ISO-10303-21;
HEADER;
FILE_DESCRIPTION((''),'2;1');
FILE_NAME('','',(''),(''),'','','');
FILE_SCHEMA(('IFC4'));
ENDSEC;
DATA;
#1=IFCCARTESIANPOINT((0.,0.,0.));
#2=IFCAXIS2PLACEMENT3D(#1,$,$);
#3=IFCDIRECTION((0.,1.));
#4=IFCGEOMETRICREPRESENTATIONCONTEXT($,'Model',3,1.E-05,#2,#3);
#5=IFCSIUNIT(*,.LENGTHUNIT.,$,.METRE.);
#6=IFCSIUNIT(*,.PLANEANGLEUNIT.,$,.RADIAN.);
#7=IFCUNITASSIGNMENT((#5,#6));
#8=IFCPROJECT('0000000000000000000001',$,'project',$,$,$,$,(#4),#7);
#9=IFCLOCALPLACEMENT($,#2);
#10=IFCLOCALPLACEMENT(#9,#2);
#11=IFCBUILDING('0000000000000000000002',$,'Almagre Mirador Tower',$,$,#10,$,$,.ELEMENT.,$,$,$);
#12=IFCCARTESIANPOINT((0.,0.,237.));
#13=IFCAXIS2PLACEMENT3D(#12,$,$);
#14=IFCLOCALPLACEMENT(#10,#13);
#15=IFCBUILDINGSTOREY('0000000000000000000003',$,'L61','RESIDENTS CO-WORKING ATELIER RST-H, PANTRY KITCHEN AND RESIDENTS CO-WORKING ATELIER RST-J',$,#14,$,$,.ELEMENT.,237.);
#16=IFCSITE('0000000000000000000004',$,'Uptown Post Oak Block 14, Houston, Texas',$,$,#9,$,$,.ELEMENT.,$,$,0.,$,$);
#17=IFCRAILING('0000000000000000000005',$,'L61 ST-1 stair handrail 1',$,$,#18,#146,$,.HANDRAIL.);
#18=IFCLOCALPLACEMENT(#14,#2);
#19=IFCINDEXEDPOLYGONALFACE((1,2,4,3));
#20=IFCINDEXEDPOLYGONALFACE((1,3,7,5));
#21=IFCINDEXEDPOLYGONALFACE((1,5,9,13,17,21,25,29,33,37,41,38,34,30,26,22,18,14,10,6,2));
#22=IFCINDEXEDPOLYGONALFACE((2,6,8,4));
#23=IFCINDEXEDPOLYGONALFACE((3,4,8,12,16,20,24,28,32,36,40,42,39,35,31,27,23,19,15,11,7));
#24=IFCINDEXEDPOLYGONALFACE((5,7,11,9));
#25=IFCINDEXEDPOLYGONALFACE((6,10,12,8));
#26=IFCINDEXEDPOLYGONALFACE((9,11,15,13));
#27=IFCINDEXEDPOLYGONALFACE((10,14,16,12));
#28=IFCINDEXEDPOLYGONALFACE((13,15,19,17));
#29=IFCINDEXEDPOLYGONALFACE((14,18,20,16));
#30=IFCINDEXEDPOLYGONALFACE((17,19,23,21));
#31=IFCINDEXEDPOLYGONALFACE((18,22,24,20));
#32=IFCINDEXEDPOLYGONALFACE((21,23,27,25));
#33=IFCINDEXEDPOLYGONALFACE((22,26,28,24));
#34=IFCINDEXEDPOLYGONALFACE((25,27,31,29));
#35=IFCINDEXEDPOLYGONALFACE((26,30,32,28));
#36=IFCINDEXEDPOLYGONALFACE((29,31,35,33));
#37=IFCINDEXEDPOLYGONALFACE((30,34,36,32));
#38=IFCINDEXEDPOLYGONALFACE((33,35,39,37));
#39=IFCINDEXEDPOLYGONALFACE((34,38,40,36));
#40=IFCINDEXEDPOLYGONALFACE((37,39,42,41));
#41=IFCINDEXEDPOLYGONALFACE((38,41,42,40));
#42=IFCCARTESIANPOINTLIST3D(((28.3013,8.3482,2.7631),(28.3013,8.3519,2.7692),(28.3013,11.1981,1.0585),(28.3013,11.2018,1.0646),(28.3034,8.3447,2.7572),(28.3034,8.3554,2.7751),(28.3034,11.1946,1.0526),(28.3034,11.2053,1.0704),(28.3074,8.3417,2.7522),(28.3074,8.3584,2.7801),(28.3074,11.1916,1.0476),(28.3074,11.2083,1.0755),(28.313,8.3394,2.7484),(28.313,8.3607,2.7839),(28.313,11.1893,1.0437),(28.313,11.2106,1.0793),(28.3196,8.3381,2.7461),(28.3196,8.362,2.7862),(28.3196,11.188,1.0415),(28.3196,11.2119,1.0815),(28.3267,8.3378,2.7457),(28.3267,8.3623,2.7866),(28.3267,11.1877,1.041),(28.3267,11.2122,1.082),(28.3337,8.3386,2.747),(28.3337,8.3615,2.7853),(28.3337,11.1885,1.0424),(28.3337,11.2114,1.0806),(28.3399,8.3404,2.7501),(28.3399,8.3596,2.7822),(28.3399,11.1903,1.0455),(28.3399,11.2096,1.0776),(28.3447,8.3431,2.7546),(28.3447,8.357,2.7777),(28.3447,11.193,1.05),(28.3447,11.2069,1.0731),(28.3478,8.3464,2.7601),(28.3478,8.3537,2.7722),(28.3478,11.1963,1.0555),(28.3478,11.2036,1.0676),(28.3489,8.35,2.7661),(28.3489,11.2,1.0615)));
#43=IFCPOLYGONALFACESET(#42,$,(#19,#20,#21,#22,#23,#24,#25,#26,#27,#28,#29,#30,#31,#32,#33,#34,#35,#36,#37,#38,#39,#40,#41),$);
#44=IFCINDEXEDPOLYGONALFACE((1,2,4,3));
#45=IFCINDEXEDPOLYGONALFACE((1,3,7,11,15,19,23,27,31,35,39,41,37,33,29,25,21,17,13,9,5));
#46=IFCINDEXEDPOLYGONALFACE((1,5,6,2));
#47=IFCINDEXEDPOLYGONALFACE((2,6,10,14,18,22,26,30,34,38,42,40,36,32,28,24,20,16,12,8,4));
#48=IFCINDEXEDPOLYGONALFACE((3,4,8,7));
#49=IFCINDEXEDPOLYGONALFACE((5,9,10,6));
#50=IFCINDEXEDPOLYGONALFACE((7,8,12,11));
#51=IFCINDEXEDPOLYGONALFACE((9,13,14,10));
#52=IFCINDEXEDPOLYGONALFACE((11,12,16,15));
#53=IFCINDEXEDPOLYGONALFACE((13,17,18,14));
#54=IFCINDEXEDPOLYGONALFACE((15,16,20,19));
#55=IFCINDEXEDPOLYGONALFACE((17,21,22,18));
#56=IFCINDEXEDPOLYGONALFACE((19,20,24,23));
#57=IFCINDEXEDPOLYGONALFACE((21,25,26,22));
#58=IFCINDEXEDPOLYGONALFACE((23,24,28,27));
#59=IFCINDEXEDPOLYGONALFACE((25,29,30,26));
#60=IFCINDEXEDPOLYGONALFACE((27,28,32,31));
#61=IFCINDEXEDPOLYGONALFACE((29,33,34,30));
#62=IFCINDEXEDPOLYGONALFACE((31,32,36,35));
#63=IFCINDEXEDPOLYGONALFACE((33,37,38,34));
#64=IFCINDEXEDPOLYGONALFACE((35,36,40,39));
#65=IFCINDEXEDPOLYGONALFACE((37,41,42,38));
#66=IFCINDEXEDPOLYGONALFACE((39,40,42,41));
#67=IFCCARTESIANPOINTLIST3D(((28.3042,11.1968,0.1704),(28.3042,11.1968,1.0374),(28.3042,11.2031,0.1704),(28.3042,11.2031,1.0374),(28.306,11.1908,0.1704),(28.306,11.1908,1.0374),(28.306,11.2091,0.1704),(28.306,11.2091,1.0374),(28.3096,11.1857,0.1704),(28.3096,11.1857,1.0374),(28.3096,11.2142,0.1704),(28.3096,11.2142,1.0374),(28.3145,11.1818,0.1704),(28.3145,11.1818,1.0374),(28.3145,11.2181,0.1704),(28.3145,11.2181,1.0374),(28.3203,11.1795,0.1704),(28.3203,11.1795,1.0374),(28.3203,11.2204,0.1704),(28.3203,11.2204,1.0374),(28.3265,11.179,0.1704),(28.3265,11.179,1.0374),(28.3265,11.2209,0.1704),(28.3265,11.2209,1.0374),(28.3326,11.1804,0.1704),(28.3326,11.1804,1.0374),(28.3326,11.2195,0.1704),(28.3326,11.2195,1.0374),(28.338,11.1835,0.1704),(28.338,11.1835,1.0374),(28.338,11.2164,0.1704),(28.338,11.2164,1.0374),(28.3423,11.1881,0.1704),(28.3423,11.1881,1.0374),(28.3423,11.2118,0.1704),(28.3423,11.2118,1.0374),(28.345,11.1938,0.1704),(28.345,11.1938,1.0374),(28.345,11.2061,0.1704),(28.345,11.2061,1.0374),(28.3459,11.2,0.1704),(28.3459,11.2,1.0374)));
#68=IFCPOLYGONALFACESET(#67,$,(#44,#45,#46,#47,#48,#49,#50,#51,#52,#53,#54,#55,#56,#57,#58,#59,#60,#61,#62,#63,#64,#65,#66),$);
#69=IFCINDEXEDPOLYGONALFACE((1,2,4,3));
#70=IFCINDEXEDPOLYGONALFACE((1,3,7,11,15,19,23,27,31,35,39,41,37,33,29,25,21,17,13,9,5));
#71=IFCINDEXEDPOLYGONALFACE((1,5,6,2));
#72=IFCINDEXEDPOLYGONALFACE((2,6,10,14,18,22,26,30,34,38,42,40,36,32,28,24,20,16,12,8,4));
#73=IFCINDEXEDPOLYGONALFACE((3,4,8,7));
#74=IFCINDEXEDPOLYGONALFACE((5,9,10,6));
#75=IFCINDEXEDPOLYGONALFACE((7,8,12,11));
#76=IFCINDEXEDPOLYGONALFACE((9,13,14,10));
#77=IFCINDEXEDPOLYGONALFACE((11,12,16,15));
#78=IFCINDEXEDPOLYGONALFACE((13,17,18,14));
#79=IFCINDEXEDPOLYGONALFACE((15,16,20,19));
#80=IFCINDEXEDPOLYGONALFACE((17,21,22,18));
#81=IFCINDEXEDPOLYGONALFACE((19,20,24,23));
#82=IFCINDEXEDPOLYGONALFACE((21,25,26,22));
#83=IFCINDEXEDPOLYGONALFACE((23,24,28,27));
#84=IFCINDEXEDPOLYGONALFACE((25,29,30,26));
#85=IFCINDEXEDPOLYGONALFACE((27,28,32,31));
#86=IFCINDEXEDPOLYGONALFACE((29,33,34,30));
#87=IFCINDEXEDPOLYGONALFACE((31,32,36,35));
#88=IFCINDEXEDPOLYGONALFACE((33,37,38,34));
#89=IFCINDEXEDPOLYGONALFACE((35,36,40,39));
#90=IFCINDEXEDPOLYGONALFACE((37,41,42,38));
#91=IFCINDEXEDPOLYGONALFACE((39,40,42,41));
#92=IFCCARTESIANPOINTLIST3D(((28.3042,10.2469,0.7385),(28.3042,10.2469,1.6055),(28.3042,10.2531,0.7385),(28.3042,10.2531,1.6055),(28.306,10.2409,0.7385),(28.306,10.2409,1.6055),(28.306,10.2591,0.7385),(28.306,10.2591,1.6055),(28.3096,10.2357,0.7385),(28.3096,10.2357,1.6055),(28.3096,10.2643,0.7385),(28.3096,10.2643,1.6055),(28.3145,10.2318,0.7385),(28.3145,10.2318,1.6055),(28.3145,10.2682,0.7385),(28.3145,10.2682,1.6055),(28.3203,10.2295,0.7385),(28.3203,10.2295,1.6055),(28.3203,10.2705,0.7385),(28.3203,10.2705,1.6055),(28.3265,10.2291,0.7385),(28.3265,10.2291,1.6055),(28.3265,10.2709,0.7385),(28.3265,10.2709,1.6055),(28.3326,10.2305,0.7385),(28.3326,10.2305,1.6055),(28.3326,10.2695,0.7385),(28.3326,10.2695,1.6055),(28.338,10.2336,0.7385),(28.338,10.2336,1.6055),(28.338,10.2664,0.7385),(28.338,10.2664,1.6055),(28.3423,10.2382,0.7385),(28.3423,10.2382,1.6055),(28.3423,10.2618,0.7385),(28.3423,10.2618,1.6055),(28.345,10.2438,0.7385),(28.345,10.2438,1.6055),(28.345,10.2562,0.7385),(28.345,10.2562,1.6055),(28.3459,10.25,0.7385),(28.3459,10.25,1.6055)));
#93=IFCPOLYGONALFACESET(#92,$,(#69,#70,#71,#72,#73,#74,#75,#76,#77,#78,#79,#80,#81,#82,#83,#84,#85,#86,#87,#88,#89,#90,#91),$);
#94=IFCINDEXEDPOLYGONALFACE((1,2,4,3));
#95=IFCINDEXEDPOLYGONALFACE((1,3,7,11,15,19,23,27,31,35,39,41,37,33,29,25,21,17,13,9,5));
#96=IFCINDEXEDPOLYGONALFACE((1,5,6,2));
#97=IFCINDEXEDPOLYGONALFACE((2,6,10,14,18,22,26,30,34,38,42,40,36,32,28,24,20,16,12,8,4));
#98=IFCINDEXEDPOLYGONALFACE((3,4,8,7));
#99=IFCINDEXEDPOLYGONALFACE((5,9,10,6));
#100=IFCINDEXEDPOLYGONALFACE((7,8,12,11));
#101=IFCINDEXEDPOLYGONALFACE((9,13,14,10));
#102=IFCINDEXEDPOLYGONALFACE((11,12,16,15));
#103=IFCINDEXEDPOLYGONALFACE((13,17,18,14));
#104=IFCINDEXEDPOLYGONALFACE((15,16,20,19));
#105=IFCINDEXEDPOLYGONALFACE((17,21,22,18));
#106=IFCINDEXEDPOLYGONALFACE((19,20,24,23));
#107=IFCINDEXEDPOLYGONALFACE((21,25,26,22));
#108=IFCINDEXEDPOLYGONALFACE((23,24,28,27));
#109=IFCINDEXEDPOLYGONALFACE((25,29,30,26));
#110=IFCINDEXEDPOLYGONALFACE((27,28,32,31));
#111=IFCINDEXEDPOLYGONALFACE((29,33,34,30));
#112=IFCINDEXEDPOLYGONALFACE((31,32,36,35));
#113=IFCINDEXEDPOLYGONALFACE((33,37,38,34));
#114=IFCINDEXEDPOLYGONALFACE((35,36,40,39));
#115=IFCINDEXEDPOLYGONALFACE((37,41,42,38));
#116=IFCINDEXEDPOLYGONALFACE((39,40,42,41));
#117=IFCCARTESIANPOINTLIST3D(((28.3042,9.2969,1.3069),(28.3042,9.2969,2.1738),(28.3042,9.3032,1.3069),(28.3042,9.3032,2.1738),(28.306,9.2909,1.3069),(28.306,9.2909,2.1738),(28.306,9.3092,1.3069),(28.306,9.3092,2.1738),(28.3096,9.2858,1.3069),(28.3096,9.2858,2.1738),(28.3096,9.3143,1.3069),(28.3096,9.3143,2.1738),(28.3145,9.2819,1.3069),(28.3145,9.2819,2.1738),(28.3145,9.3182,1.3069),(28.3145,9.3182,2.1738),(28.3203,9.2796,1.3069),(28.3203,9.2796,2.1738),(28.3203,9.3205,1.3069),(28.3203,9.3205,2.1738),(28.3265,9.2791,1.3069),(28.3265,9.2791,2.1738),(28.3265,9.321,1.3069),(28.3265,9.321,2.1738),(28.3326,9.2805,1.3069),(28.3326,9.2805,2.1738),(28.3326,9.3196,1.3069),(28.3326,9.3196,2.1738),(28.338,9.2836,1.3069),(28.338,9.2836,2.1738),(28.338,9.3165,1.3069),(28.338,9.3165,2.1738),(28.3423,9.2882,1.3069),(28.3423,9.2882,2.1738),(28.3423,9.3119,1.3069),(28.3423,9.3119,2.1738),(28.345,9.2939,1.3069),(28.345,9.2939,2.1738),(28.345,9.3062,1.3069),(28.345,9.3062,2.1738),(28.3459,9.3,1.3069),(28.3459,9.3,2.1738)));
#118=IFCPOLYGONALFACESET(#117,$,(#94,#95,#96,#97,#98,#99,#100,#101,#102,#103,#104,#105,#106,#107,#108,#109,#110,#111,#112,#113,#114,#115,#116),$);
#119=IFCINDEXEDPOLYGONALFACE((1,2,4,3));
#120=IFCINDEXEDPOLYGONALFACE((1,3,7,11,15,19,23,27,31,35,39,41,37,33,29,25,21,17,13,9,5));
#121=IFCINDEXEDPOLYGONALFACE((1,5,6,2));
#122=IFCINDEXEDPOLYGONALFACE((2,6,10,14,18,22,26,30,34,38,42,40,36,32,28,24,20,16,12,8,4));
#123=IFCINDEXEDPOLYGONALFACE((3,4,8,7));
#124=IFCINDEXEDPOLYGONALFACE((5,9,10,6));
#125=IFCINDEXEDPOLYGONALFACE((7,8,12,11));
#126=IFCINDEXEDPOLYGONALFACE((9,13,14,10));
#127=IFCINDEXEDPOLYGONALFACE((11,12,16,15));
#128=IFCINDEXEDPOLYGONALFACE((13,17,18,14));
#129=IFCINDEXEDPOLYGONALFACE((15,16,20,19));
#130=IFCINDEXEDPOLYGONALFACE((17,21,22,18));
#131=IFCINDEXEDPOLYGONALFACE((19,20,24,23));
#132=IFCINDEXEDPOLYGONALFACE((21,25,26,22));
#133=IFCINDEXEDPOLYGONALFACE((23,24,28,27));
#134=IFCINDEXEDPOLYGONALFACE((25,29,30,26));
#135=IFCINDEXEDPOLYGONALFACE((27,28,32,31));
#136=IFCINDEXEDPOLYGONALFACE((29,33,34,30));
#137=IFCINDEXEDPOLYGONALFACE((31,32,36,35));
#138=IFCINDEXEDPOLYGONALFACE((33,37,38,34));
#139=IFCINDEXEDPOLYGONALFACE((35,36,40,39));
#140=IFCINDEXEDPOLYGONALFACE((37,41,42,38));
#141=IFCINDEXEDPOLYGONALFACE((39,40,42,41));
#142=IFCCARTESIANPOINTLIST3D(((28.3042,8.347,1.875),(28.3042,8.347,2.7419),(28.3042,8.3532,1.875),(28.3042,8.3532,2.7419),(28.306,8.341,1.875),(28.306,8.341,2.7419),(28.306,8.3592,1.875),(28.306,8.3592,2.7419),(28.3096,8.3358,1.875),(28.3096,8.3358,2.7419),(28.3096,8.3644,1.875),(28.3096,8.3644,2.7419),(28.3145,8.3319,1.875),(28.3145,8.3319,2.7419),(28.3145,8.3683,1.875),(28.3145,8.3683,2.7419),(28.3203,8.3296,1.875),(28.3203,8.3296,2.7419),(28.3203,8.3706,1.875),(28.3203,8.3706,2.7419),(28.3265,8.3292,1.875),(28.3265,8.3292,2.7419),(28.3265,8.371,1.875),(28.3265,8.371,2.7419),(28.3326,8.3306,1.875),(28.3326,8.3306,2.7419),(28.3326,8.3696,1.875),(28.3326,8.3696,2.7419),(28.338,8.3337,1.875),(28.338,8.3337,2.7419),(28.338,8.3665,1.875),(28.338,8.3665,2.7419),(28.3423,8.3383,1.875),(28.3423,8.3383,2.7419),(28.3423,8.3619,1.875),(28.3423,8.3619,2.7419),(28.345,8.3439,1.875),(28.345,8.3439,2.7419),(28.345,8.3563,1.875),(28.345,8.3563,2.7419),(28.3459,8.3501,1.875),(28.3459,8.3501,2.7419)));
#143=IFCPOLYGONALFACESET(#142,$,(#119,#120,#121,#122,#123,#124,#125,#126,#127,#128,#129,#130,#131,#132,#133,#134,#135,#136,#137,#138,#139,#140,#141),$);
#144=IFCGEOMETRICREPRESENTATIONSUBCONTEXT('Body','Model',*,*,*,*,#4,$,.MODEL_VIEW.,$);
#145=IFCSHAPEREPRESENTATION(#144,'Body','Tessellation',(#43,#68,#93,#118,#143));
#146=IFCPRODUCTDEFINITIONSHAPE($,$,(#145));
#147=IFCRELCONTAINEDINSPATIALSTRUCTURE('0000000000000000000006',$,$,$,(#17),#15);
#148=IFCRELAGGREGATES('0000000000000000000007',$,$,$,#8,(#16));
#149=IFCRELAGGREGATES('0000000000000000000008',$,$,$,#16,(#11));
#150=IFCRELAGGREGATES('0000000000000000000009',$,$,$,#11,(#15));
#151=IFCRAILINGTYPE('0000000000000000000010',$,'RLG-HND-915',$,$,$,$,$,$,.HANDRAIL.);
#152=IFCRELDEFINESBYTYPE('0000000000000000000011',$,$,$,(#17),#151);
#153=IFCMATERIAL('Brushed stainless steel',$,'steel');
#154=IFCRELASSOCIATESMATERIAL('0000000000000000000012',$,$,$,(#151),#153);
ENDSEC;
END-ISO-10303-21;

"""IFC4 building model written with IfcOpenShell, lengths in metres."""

from ifc_helpers import new_model, si_unit, direction, frame, origin, origin_2d, place, context, subcontext, project, spatial, circle, extrude, material, type_object, element, save


model = new_model("IFC4")

# Units and contexts
model_context = context("Model", 3, precision=1e-05, world=origin(), true_north=direction((0.0, 1.0)))
body_context = subcontext(model_context, "Body", "Model", "MODEL_VIEW")
ifc_project = project(units=[si_unit("LENGTHUNIT", "METRE"), si_unit("PLANEANGLEUNIT", "RADIAN")], contexts=[model_context])

# Site, building, storey
site_placement = place(None, origin())
site = spatial("IfcSite", under=ifc_project, at=site_placement, Name="Uptown Post Oak Block 14, Houston, Texas", CompositionType="ELEMENT", RefElevation=0.0)
building_placement = place(site_placement, origin())
building = spatial("IfcBuilding", under=site, at=building_placement, Name="Almagre Mirador Tower", CompositionType="ELEMENT")
storey_placement = place(building_placement, frame((0.0, 0.0, 237.0)))
storey = spatial("IfcBuildingStorey", under=building, at=storey_placement, Name="L61", Description="RESIDENTS CO-WORKING ATELIER RST-H, PANTRY KITCHEN AND RESIDENTS CO-WORKING ATELIER RST-J", CompositionType="ELEMENT", Elevation=237.0)

# Railing
ifc_material_1 = material(Name="Brushed stainless steel", Category="steel")
railing_type_1 = type_object("IfcRailingType", Name="RLG-HND-915", PredefinedType="HANDRAIL", material=ifc_material_1)
railing_1_placement = place(storey_placement, frame((28.325, 11.2, 0.1704)))
element("IfcRailing", 1, at=railing_1_placement, inside=storey, type_object=railing_type_1, Name="L61 ST-1 stair handrail 1", PredefinedType="HANDRAIL", context=body_context, shape_type="SweptSolid", body=[
    extrude(circle(Radius=0.0239, at=origin_2d()), frame((0.0, 0.0, 0.8911), z_axis=(0.0, -0.858199, 0.513317), x_axis=(1.0, 0.0, 0.0)), (0.0, 0.0, 1.0), 3.3208),
    extrude(circle(Radius=0.021, at=origin_2d()), origin(), (0.0, 0.0, 1.0), 0.8669),
    extrude(circle(Radius=0.021, at=origin_2d()), frame((0.0, -0.95, 0.5681)), (0.0, 0.0, 1.0), 0.8669),
    extrude(circle(Radius=0.021, at=origin_2d()), frame((0.0, -1.8999, 1.1365)), (0.0, 0.0, 1.0), 0.8669),
    extrude(circle(Radius=0.021, at=origin_2d()), frame((0.0, -2.8499, 1.7046)), (0.0, 0.0, 1.0), 0.8669),
])

save(model, "model.ifc")
